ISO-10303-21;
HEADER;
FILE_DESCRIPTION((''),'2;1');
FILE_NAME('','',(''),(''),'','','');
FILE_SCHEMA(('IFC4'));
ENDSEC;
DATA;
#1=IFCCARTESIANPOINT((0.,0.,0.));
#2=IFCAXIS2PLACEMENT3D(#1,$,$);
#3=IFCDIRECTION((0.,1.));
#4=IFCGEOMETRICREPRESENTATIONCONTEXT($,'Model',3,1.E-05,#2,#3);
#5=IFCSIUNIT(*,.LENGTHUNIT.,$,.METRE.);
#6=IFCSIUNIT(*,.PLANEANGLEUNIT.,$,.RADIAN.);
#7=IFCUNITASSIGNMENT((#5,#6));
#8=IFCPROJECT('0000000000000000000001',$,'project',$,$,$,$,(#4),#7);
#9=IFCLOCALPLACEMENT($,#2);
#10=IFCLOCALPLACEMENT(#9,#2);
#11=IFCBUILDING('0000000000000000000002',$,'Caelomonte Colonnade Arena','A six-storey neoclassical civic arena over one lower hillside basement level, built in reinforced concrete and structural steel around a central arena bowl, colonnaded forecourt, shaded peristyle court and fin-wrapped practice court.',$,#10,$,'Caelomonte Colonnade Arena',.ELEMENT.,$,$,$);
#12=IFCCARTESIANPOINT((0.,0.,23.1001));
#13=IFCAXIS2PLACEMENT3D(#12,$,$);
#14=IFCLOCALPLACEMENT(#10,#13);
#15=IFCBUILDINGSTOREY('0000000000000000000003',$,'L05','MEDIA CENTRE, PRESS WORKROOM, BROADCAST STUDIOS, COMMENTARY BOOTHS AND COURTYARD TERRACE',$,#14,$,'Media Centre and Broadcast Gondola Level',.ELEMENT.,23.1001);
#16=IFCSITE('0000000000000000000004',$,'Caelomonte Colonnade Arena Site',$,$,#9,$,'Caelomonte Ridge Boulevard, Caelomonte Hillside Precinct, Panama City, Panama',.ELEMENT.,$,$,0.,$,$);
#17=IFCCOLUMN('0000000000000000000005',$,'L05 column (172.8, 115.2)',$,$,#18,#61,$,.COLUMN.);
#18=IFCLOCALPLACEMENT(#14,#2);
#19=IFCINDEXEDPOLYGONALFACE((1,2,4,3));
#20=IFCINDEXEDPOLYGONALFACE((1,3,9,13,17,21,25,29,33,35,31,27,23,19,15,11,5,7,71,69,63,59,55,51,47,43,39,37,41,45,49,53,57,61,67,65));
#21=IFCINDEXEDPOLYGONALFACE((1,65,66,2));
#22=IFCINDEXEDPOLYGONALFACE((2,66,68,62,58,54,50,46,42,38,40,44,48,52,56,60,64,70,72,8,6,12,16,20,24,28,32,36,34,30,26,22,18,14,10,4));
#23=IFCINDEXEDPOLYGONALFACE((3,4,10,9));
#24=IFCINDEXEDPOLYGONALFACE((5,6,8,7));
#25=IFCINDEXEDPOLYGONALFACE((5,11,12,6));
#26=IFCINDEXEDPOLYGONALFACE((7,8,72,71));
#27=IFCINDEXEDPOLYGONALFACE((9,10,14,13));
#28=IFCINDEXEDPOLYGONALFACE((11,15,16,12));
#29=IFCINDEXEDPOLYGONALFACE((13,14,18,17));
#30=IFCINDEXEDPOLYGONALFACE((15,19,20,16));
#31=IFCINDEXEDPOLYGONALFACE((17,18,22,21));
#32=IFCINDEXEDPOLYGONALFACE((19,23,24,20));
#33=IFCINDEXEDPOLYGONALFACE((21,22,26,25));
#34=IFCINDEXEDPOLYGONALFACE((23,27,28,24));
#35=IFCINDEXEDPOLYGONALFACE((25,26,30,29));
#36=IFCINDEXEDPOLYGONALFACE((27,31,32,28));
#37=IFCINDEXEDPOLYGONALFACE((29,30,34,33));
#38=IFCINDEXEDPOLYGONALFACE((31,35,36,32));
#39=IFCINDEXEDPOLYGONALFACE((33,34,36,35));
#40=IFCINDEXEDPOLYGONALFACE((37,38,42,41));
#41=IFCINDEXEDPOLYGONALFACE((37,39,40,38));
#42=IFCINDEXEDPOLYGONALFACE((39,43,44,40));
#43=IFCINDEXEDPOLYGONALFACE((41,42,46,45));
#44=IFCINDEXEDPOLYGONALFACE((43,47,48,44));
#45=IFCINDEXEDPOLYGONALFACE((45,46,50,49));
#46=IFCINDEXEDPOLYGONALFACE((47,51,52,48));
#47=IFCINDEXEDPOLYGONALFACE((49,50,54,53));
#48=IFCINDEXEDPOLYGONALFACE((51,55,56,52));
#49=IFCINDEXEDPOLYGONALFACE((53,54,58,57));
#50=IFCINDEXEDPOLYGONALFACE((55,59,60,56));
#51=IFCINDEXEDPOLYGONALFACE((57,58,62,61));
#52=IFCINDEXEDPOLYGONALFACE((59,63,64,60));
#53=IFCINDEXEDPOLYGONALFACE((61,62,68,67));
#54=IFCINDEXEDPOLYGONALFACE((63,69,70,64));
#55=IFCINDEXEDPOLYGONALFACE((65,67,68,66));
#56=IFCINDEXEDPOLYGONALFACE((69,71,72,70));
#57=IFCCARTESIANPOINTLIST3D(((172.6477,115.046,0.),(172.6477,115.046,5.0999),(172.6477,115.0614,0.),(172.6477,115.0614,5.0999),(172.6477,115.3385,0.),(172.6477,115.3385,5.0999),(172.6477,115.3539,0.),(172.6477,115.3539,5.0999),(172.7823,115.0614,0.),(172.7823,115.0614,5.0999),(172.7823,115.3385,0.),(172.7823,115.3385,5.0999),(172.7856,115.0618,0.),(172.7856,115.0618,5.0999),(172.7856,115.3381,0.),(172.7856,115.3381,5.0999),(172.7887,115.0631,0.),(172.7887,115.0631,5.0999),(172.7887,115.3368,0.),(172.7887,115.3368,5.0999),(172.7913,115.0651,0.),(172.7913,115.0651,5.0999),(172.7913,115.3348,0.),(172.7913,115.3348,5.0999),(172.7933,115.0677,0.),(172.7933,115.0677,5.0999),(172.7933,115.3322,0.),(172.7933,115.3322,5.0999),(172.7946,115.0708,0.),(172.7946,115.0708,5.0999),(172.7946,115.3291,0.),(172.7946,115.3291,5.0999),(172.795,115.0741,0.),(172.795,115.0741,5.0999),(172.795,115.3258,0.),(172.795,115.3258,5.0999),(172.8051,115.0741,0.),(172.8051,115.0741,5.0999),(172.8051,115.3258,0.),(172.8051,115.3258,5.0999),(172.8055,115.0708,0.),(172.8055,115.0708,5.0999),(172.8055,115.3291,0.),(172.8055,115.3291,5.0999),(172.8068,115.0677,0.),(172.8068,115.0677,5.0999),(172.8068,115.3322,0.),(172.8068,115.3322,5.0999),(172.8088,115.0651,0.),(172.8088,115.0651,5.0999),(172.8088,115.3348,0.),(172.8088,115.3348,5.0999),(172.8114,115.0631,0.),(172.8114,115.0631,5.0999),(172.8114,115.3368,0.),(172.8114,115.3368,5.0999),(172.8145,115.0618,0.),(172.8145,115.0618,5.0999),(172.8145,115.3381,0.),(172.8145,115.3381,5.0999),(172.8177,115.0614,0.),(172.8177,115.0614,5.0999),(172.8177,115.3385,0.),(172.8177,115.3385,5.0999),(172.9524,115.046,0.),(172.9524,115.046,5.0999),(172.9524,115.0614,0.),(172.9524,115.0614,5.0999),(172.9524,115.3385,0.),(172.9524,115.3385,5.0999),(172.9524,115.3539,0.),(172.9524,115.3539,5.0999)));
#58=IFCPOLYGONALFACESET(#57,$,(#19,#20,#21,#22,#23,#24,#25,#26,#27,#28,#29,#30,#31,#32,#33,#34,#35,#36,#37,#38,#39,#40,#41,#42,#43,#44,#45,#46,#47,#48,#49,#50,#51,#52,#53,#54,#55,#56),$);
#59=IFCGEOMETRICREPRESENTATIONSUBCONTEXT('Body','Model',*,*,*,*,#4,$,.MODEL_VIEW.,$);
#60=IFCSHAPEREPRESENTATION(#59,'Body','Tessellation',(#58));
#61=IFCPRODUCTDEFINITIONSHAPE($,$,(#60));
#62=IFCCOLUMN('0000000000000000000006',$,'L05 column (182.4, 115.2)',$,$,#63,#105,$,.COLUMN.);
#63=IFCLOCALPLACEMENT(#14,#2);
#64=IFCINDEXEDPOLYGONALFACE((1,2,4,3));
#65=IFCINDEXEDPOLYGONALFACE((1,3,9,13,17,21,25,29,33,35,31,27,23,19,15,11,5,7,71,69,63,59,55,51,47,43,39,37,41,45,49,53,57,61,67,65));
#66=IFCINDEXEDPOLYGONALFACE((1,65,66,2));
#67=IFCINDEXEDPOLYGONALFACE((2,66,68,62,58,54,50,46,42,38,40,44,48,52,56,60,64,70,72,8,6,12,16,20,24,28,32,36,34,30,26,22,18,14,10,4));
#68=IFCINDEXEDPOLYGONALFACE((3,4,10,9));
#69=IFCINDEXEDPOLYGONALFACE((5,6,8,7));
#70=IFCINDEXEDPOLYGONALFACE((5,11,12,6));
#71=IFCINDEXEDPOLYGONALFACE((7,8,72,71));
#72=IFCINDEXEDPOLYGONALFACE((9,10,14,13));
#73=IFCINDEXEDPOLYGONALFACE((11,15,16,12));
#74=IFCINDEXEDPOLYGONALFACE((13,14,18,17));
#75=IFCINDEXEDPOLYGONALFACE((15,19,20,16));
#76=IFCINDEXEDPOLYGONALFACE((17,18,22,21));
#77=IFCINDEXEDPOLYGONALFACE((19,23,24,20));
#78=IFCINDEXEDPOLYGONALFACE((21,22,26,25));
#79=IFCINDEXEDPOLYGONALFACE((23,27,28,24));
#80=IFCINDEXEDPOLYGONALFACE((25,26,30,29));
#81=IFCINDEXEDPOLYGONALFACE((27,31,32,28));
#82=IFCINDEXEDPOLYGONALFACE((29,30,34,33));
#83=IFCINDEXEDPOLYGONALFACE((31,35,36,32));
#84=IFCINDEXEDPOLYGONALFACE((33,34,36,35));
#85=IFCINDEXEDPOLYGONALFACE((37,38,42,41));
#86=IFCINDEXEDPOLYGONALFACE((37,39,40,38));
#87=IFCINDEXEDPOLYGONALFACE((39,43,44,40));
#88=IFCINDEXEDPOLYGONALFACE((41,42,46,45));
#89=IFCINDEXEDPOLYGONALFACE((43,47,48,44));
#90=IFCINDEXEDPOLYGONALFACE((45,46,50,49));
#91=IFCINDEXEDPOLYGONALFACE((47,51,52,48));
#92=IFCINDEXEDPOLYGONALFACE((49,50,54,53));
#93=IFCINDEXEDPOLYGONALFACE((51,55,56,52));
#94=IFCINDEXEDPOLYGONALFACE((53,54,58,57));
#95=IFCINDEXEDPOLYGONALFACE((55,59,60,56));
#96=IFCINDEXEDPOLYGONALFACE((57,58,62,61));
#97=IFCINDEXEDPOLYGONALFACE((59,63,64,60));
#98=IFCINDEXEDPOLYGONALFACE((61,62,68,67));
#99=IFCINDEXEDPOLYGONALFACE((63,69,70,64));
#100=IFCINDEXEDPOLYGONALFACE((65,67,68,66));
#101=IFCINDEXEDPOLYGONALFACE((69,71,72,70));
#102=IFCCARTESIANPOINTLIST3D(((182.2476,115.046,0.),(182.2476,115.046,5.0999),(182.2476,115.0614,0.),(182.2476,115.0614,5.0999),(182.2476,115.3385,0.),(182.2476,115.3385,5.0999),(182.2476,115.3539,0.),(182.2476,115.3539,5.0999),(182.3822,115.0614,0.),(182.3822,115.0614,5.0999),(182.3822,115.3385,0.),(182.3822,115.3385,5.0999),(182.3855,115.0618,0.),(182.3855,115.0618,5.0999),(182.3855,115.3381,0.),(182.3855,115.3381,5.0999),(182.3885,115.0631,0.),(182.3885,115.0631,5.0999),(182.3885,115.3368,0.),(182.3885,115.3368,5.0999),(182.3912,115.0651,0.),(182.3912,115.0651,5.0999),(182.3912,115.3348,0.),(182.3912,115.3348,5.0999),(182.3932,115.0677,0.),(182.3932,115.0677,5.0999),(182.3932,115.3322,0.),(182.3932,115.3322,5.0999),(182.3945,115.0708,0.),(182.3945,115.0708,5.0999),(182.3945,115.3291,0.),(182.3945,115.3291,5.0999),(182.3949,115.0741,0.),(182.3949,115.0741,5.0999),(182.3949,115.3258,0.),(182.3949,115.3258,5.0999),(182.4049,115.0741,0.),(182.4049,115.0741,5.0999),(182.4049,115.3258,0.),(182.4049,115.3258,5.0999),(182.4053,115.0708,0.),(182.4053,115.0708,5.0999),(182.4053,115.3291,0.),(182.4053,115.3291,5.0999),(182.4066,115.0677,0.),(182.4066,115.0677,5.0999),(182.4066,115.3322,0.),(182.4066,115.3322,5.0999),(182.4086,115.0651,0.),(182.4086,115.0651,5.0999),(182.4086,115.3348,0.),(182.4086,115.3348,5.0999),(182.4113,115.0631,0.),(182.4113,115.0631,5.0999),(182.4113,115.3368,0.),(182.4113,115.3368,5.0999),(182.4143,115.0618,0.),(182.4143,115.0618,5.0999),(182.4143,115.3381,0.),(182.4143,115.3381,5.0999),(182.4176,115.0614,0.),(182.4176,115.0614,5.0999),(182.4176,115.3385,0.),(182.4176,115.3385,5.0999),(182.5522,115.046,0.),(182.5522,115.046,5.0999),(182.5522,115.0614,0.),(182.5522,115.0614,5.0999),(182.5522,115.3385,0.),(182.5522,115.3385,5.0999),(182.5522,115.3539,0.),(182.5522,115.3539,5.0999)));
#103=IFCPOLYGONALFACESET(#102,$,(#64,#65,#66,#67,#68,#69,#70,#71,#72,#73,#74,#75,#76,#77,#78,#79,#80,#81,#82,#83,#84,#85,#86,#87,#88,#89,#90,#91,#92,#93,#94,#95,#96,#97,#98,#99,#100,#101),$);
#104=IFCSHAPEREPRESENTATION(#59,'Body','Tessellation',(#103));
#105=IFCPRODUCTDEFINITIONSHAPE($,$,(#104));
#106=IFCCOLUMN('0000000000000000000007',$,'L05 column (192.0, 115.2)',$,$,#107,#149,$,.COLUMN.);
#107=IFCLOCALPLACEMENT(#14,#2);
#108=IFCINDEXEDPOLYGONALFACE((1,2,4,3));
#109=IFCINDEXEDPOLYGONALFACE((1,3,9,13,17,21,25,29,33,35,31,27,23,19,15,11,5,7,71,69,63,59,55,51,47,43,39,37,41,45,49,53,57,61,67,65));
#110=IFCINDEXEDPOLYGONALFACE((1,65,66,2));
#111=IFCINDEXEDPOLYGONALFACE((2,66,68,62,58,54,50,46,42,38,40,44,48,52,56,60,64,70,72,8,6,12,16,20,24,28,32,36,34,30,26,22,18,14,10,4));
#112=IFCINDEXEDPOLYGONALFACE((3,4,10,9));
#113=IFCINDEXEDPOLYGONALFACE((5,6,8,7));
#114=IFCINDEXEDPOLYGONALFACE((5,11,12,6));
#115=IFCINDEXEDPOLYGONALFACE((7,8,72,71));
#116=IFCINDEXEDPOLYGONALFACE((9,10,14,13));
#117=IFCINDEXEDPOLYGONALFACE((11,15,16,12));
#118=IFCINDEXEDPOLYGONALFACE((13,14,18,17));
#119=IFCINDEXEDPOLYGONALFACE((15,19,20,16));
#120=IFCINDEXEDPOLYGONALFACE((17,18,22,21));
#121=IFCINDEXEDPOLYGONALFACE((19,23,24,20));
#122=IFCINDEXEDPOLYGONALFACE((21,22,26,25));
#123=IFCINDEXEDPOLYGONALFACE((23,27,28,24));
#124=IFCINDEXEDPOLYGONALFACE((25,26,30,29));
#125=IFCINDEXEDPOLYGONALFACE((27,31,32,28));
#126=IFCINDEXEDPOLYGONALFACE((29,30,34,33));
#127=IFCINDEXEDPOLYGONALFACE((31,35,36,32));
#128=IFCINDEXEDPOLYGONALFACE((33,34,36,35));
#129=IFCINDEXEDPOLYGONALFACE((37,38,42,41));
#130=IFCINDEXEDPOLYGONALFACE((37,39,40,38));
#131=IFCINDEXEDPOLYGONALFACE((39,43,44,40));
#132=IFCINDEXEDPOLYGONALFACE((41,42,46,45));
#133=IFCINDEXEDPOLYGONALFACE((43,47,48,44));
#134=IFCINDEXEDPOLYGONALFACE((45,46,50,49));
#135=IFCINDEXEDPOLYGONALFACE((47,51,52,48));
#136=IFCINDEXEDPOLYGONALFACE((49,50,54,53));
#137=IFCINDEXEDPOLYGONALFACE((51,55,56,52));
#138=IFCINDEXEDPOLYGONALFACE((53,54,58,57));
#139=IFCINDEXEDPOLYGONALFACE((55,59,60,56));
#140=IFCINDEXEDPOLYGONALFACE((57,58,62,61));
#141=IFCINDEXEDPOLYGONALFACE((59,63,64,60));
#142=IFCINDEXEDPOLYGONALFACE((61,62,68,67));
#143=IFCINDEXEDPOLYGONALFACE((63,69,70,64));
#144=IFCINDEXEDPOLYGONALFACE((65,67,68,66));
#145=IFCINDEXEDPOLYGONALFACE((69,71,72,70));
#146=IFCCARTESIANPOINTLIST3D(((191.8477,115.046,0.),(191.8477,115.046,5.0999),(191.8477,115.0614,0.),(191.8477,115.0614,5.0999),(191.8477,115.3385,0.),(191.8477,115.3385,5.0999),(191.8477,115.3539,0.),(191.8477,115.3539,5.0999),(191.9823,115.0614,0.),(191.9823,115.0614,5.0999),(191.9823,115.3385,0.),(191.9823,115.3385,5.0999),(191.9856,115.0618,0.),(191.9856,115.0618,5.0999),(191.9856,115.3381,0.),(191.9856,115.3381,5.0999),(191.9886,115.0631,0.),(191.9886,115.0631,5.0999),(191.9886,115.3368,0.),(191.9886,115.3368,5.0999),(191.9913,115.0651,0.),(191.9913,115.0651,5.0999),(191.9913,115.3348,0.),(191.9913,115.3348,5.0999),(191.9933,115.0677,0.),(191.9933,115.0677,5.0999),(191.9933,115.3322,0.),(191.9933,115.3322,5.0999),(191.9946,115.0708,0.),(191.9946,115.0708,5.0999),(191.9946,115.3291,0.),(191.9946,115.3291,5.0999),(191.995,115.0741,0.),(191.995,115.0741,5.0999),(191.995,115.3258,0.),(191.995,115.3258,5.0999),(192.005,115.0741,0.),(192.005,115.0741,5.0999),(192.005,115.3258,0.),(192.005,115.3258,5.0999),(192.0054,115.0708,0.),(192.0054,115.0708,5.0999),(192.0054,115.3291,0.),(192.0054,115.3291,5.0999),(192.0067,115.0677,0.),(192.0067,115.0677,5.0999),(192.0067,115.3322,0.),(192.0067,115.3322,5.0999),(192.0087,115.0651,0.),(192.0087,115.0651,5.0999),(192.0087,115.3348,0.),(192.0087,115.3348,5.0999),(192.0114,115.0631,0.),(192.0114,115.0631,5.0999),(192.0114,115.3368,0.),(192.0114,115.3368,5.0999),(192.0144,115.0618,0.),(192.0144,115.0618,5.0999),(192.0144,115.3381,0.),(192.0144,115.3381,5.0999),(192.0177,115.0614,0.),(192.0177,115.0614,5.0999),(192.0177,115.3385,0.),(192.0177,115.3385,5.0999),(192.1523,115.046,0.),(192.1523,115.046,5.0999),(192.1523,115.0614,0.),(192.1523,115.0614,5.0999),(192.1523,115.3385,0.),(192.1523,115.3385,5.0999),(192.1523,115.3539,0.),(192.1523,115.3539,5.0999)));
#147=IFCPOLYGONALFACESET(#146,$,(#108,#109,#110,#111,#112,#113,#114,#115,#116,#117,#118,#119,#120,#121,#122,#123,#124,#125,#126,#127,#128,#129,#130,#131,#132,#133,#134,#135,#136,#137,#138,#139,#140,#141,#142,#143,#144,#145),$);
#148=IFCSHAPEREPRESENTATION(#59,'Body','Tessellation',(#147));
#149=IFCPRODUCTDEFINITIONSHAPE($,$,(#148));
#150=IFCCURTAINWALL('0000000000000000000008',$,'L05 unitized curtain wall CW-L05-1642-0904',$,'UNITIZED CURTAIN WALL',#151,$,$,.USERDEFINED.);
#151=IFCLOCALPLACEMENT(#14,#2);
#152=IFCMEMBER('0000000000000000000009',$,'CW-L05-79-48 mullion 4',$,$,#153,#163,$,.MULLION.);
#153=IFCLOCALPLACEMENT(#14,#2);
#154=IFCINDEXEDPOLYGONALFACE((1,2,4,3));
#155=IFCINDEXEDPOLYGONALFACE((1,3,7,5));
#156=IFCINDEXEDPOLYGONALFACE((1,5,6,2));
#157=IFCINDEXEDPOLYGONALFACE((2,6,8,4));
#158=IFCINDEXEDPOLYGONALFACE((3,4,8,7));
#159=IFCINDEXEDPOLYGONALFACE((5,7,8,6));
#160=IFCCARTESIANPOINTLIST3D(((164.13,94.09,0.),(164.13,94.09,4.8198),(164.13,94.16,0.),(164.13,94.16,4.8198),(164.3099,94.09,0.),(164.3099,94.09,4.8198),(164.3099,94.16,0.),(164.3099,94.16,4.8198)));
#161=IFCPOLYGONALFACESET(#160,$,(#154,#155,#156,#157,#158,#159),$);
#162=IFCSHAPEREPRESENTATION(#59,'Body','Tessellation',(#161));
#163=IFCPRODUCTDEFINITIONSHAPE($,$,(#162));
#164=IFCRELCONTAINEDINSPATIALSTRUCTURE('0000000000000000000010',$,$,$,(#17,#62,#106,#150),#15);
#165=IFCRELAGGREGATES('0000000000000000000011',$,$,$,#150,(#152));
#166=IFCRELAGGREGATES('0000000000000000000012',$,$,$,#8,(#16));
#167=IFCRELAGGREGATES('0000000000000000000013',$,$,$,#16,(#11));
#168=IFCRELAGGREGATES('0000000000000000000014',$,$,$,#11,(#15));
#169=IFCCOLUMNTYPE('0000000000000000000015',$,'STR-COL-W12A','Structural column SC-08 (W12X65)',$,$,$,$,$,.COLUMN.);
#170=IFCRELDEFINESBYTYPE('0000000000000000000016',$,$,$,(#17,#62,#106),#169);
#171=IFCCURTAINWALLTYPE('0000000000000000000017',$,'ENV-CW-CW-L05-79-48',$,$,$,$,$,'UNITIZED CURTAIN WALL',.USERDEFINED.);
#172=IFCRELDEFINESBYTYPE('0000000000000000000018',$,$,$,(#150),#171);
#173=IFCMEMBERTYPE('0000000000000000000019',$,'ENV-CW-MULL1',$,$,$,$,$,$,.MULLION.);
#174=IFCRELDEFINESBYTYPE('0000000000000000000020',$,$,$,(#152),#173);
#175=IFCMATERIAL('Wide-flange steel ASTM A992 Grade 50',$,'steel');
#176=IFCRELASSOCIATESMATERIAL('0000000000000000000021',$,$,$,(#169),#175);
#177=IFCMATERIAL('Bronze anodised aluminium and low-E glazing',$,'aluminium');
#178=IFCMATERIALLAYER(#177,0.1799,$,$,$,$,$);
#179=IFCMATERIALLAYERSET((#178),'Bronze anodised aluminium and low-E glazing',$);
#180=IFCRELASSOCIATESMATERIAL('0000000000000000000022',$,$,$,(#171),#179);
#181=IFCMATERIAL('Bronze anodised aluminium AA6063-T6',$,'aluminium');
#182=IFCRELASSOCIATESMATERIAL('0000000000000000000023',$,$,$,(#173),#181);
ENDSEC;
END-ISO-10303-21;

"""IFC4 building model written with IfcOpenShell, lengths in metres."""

from ifc_helpers import new_model, si_unit, direction, frame, origin, origin_2d, place, context, subcontext, project, spatial, rectangle, i_section, extrude, material, layer, layer_set, material_profile, profile_set, type_object, element, aggregate, save


model = new_model("IFC4")

# Units and contexts
model_context = context("Model", 3, precision=1e-05, world=origin(), true_north=direction((0.0, 1.0)))
body_context = subcontext(model_context, "Body", "Model", "MODEL_VIEW")
ifc_project = project(units=[si_unit("LENGTHUNIT", "METRE"), si_unit("PLANEANGLEUNIT", "RADIAN")], contexts=[model_context])

# Site, building, storey
site_placement = place(None, origin())
site = spatial("IfcSite", under=ifc_project, at=site_placement, Name="Caelomonte Colonnade Arena Site", LongName="Caelomonte Ridge Boulevard, Caelomonte Hillside Precinct, Panama City, Panama", CompositionType="ELEMENT", RefElevation=0.0)
building_placement = place(site_placement, origin())
building = spatial("IfcBuilding", under=site, at=building_placement, Name="Caelomonte Colonnade Arena", Description="A six-storey neoclassical civic arena over one lower hillside basement level, built in reinforced concrete and structural steel around a central arena bowl, colonnaded forecourt, shaded peristyle court and fin-wrapped practice court.", LongName="Caelomonte Colonnade Arena", CompositionType="ELEMENT")
storey_placement = place(building_placement, frame((0.0, 0.0, 23.1001)))
storey = spatial("IfcBuildingStorey", under=building, at=storey_placement, Name="L05", Description="MEDIA CENTRE, PRESS WORKROOM, BROADCAST STUDIOS, COMMENTARY BOOTHS AND COURTYARD TERRACE", LongName="Media Centre and Broadcast Gondola Level", CompositionType="ELEMENT", Elevation=23.1001)

# Columns
ifc_material_1 = material(Name="Wide-flange steel ASTM A992 Grade 50", Category="steel")
ifc_material_profile_1 = material_profile(ifc_material_1, i_section(OverallWidth=0.3047, OverallDepth=0.3079, WebThickness=0.01, FlangeThickness=0.0154, FilletRadius=0.0127, at=origin_2d()), Name="W12X65")
ifc_profile_set_1 = profile_set([ifc_material_profile_1], Name="Wide-flange steel ASTM A992 Grade 50")
column_type = type_object("IfcColumnType", Name="STR-COL-W12A", Description="Structural column SC-08 (W12X65)", PredefinedType="COLUMN", material=ifc_profile_set_1)
for number, where, z_axis, x_axis, name in (
    (1, (172.8, 115.2, 0.0), (0.0, 0.0, 1.0), (1.0, 0.0, 0.0), "L05 column (172.8, 115.2)"),
    (2, (182.3999, 115.2, 0.0), (0.0, 0.0, 1.0), (1.0, 0.0, 0.0), "L05 column (182.4, 115.2)"),
    (3, (192.0, 115.2, 0.0), (0.0, 0.0, 1.0), (1.0, 0.0, 0.0), "L05 column (192.0, 115.2)"),
):
    element("IfcColumn", number, at=place(storey_placement, frame(where, z_axis=z_axis, x_axis=x_axis)), inside=storey, type_object=column_type, Name=name, PredefinedType="COLUMN", context=body_context, shape_type="SweptSolid", body=[
        extrude(i_section(OverallWidth=0.3047, OverallDepth=0.3079, WebThickness=0.01, FlangeThickness=0.0154, FilletRadius=0.0127, at=origin_2d()), origin(), (0.0, 0.0, 1.0), 5.0999),
    ])

# Curtain wall, member
ifc_material_2 = material(Name="Bronze anodised aluminium and low-E glazing", Category="aluminium")
ifc_layer_1 = layer(ifc_material_2, 0.1799)
ifc_layer_set_1 = layer_set([ifc_layer_1], Name="Bronze anodised aluminium and low-E glazing")
curtain_wall_type = type_object("IfcCurtainWallType", Name="ENV-CW-CW-L05-79-48", ElementType="UNITIZED CURTAIN WALL", PredefinedType="USERDEFINED", material=ifc_layer_set_1)
curtain_wall_placement = place(storey_placement, origin())
curtain_wall = element("IfcCurtainWall", 4, at=curtain_wall_placement, inside=storey, type_object=curtain_wall_type, Name="L05 unitized curtain wall CW-L05-1642-0904", ObjectType="UNITIZED CURTAIN WALL", PredefinedType="USERDEFINED")
ifc_material_3 = material(Name="Bronze anodised aluminium AA6063-T6", Category="aluminium")
ifc_material_profile_2 = material_profile(ifc_material_3, rectangle(XDim=0.0701, YDim=0.1799, at=origin_2d()), Name="CWM-70X180")
ifc_profile_set_2 = profile_set([ifc_material_profile_2], Name="Bronze anodised aluminium AA6063-T6")
member_type = type_object("IfcMemberType", Name="ENV-CW-MULL1", PredefinedType="MULLION", material=ifc_profile_set_2)
member_placement = place(storey_placement, frame((164.22, 94.125, 0.0), z_axis=(0.0, 0.0, 1.0), x_axis=(0.0, 1.0, 0.0)))
member = element("IfcMember", 5, at=member_placement, type_object=member_type, Name="CW-L05-79-48 mullion 4", PredefinedType="MULLION", context=body_context, shape_type="SweptSolid", body=[
    extrude(rectangle(XDim=0.0701, YDim=0.1799, at=origin_2d()), origin(), (0.0, 0.0, 1.0), 4.8198),
])
aggregate(curtain_wall, [member])

save(model, "model.ifc")
